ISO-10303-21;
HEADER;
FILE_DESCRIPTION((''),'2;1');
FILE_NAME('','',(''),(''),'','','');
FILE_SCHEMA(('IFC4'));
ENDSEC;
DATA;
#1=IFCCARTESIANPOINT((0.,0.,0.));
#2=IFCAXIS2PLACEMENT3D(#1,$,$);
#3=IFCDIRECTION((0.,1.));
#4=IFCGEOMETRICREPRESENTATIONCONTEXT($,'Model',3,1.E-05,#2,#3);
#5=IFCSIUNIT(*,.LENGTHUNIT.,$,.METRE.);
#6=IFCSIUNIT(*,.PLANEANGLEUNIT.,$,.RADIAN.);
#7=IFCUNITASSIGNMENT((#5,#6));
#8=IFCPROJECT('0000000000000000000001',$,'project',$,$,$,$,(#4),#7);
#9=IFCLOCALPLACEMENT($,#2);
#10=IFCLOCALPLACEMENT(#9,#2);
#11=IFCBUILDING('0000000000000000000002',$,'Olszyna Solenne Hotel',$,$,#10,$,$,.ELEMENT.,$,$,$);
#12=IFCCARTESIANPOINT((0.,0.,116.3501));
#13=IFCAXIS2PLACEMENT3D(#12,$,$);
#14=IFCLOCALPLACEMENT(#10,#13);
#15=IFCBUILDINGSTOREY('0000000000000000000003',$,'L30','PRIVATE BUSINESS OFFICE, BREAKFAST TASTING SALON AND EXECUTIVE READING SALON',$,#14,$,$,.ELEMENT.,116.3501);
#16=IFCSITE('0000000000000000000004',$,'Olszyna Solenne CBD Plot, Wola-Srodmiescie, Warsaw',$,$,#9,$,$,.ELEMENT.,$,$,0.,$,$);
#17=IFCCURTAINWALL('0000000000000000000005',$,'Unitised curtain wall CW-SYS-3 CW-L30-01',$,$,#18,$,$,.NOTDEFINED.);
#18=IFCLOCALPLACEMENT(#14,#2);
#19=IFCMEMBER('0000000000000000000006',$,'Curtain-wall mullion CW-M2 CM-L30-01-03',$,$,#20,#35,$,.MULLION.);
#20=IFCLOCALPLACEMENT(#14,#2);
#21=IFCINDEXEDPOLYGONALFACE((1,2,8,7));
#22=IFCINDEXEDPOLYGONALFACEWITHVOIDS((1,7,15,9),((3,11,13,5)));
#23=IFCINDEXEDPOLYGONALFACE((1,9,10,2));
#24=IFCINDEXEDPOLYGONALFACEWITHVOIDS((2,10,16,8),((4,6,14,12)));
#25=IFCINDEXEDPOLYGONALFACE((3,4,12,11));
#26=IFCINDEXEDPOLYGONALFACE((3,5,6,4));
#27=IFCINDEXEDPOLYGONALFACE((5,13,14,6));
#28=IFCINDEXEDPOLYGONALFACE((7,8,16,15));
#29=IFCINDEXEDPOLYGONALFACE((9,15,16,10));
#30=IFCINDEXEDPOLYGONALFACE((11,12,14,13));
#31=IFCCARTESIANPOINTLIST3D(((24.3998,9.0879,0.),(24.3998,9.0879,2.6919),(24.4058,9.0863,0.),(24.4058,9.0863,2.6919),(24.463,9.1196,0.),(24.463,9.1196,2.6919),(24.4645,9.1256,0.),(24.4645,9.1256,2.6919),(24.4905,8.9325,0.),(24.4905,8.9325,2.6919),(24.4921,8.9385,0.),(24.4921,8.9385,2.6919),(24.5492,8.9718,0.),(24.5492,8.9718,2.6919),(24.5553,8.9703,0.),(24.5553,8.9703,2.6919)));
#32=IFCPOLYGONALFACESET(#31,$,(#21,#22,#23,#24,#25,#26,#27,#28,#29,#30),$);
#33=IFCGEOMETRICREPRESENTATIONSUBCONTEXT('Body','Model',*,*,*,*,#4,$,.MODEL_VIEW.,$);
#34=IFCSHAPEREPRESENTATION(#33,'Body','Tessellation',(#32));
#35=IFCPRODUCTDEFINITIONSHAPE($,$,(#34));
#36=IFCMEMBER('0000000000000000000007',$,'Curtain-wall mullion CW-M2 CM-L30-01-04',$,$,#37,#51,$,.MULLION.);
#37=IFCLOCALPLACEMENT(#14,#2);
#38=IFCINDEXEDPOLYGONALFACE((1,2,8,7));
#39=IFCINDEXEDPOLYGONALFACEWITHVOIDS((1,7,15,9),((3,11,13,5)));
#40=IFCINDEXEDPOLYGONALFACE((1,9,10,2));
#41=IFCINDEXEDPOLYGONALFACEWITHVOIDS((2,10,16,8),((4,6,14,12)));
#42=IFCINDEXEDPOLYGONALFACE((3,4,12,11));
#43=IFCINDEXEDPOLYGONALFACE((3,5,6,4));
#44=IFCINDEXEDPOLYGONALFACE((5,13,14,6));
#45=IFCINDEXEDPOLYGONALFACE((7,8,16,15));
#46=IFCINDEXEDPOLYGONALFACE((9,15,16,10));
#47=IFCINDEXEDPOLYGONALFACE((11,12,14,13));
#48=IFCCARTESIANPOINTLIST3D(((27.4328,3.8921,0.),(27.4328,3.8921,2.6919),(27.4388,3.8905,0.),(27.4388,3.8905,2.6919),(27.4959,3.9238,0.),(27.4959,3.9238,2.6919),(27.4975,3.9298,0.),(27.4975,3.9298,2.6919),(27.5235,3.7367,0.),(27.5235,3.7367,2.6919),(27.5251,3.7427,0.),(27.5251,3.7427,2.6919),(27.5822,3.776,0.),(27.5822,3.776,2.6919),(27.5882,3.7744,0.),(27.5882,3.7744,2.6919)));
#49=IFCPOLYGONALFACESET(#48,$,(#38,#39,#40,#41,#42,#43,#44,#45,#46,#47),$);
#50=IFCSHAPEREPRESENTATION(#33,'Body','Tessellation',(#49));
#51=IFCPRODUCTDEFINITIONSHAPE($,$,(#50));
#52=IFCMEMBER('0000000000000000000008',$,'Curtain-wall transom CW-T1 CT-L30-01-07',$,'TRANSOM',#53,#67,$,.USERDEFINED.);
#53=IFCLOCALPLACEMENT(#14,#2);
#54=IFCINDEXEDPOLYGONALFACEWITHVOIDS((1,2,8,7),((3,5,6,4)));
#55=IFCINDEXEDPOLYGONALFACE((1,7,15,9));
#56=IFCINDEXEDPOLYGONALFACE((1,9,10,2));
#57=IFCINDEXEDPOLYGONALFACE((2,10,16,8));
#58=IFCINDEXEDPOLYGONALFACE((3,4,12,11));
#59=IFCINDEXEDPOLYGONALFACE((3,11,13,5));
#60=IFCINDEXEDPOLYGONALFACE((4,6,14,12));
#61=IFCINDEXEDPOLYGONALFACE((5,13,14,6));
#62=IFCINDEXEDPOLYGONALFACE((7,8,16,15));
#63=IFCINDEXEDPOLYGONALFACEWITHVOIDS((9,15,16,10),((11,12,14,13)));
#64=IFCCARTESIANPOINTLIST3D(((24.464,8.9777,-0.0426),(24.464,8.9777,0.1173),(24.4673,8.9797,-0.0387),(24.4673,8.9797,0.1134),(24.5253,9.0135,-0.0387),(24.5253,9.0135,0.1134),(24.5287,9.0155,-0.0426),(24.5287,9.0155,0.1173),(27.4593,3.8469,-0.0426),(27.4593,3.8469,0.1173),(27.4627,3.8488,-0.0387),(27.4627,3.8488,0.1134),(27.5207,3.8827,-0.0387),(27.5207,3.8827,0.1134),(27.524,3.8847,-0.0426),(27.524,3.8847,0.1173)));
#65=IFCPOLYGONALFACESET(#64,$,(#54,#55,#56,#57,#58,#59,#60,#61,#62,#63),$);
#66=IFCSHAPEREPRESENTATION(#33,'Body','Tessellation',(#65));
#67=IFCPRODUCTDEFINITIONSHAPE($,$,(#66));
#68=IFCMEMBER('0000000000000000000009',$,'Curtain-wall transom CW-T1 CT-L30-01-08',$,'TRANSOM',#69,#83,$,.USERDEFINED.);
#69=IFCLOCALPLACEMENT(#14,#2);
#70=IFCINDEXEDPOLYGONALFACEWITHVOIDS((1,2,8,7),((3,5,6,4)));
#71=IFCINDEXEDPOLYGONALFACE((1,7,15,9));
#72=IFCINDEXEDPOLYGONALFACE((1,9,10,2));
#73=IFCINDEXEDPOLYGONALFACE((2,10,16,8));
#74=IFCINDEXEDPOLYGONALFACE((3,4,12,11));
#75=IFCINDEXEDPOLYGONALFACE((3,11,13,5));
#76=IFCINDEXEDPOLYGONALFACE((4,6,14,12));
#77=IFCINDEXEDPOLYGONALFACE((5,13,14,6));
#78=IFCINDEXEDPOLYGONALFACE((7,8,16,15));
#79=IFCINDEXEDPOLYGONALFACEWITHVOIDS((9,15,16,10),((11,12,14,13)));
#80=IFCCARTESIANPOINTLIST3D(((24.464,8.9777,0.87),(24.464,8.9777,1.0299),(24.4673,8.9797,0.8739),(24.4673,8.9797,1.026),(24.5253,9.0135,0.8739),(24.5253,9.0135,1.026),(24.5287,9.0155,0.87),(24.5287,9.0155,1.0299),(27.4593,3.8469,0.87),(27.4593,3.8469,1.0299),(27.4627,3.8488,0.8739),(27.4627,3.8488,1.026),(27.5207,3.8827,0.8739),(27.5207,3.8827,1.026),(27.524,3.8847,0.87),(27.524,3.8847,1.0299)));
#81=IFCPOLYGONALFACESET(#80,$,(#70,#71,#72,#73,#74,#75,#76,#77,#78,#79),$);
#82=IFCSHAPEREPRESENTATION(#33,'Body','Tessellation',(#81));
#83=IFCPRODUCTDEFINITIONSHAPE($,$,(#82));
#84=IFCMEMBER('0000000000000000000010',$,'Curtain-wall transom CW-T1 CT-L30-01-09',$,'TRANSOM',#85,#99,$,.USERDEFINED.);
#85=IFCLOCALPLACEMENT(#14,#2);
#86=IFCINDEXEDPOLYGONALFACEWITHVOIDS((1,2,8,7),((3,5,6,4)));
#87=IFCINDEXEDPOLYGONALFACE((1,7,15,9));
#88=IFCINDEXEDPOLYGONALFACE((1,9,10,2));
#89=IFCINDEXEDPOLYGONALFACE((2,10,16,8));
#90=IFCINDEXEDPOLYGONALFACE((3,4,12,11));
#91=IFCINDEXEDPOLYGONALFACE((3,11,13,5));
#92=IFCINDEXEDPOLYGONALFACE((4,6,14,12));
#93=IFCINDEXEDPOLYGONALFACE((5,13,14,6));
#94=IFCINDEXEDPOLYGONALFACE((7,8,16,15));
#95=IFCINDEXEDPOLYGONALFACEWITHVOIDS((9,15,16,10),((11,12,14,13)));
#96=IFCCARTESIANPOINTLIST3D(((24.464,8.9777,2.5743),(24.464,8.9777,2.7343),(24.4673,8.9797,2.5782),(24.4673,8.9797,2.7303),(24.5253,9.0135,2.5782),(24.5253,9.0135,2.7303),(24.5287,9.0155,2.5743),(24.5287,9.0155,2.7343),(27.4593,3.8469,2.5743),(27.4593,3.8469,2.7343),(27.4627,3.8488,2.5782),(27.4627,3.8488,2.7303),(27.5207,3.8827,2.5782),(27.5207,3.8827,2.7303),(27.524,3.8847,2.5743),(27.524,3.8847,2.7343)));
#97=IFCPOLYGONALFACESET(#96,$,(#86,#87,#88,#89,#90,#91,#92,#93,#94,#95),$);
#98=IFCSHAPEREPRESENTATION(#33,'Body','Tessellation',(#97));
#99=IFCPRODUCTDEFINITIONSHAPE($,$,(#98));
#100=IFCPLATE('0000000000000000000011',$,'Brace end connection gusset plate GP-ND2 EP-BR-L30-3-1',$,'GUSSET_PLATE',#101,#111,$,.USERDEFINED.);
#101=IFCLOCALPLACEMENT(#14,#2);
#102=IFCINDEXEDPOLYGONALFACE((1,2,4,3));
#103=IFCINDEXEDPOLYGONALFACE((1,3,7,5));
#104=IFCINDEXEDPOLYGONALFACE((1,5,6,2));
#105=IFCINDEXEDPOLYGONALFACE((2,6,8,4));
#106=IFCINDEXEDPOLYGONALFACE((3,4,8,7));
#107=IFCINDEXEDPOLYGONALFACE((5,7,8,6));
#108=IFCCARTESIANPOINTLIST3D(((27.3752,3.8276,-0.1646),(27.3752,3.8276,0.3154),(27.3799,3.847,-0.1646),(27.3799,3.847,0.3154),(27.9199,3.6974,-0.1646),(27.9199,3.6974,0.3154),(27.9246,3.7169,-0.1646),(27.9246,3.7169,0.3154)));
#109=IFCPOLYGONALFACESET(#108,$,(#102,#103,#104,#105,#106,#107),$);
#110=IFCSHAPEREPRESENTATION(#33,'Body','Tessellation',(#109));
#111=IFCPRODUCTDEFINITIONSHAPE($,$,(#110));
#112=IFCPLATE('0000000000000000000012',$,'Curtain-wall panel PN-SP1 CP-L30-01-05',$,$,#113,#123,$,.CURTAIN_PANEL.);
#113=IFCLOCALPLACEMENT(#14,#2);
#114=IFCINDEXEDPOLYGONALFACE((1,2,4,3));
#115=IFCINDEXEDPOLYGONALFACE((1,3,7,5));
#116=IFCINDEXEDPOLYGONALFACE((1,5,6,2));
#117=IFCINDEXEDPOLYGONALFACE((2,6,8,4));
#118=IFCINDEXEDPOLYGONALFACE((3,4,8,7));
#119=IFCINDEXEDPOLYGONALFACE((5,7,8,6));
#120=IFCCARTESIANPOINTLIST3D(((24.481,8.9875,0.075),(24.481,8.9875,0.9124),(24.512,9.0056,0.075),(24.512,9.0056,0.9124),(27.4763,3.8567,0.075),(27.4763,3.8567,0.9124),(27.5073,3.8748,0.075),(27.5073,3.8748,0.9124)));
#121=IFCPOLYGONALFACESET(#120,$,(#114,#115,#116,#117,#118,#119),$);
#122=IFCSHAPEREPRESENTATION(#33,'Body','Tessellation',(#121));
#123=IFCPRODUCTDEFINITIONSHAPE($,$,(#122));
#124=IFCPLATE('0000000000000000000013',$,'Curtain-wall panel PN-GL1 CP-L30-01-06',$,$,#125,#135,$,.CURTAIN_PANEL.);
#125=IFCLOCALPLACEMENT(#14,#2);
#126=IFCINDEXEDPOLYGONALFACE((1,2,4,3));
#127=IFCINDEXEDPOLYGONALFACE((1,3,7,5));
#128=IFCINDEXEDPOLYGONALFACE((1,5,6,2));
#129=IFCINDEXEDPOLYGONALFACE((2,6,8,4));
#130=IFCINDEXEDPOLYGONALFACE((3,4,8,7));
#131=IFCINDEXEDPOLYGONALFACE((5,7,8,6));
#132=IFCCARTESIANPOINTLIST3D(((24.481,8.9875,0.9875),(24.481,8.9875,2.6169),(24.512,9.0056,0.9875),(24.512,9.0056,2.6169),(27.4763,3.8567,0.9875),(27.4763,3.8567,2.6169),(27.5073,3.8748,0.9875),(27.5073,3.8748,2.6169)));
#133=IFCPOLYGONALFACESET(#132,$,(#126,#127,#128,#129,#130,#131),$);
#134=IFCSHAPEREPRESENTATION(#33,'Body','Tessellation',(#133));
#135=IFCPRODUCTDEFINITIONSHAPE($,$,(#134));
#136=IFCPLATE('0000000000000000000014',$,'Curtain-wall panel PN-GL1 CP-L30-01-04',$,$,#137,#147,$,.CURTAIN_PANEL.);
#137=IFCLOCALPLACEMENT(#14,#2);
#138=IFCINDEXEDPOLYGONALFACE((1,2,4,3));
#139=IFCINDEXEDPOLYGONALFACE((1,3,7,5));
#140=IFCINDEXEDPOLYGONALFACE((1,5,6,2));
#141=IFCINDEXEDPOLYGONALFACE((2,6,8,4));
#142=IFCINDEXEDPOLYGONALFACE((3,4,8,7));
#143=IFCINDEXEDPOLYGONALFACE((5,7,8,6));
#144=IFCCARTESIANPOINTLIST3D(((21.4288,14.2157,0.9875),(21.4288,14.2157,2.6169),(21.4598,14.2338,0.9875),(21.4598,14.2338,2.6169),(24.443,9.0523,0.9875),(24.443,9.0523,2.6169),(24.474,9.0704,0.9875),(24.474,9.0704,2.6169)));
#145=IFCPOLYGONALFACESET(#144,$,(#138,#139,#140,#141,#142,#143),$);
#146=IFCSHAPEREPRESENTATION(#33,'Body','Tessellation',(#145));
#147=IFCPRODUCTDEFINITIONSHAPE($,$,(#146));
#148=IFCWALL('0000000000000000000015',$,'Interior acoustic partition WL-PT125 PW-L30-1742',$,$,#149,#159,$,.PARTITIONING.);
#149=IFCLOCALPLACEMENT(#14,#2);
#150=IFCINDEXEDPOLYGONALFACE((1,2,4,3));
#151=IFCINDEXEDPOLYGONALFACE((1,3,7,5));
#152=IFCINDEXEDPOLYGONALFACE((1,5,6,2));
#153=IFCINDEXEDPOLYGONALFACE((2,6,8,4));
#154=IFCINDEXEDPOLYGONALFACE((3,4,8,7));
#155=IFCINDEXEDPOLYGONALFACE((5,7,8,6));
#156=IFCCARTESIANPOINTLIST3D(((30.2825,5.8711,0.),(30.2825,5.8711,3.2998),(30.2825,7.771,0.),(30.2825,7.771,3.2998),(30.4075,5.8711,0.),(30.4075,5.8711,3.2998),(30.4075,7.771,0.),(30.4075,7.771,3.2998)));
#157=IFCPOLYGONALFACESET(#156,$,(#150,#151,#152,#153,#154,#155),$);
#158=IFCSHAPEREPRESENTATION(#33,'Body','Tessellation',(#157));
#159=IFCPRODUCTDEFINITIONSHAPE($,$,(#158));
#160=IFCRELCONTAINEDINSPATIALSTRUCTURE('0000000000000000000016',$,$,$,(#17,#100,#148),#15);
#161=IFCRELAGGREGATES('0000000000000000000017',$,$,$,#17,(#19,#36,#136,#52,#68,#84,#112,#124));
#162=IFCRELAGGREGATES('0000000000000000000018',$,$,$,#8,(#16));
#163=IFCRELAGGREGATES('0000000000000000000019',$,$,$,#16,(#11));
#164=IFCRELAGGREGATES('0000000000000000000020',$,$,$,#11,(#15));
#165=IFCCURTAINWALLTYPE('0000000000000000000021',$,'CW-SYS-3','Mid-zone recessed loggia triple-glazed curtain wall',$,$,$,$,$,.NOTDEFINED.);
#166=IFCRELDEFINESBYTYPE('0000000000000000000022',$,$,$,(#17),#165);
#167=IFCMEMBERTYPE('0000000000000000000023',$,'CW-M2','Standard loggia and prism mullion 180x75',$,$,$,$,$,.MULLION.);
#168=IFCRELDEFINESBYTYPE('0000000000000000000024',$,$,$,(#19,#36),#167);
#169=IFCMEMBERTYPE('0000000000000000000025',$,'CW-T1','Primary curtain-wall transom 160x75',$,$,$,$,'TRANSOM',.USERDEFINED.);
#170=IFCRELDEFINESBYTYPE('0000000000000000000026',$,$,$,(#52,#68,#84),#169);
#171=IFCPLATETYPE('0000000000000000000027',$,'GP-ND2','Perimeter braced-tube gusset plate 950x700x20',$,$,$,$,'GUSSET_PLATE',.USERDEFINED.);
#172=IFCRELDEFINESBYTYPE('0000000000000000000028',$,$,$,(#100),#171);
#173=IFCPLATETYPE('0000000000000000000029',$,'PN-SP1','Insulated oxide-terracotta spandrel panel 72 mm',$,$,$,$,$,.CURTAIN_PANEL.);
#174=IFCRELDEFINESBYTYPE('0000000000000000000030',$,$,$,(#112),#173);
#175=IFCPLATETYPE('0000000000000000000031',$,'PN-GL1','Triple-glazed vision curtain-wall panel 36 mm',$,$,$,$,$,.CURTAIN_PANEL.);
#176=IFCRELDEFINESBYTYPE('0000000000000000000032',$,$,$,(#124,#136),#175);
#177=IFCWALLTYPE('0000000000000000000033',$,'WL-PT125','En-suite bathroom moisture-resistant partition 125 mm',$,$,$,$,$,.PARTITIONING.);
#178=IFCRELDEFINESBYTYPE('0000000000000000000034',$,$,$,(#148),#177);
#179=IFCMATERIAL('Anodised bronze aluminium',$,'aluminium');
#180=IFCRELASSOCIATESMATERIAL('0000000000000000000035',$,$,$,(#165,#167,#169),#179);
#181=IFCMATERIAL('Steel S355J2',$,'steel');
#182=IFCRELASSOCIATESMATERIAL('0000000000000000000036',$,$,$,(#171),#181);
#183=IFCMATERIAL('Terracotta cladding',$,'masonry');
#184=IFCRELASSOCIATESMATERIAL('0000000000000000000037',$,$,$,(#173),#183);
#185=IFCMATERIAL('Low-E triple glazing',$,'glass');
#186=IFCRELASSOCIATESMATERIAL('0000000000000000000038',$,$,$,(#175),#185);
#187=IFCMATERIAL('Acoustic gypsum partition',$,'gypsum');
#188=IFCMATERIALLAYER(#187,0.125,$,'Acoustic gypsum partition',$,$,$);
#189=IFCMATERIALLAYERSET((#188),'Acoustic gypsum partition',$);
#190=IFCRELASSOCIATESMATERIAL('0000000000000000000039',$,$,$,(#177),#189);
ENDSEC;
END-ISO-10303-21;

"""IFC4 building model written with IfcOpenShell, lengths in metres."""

from ifc_helpers import new_model, si_unit, direction, frame, frame_2d, origin, origin_2d, place, context, subcontext, project, spatial, rectangle, hollow_rectangle, extrude, source, transform, mapped, material, layer, layer_set, material_profile, profile_set, type_object, element, aggregate, save


model = new_model("IFC4")

# Units and contexts
model_context = context("Model", 3, precision=1e-05, world=origin(), true_north=direction((0.0, 1.0)))
body_context = subcontext(model_context, "Body", "Model", "MODEL_VIEW")
ifc_project = project(units=[si_unit("LENGTHUNIT", "METRE"), si_unit("PLANEANGLEUNIT", "RADIAN")], contexts=[model_context])

# Site, building, storey
site_placement = place(None, origin())
site = spatial("IfcSite", under=ifc_project, at=site_placement, Name="Olszyna Solenne CBD Plot, Wola-Srodmiescie, Warsaw", CompositionType="ELEMENT", RefElevation=0.0)
building_placement = place(site_placement, origin())
building = spatial("IfcBuilding", under=site, at=building_placement, Name="Olszyna Solenne Hotel", CompositionType="ELEMENT")
storey_placement = place(building_placement, frame((0.0, 0.0, 116.3501)))
storey = spatial("IfcBuildingStorey", under=building, at=storey_placement, Name="L30", Description="PRIVATE BUSINESS OFFICE, BREAKFAST TASTING SALON AND EXECUTIVE READING SALON", CompositionType="ELEMENT", Elevation=116.3501)

# Shared definitions
ifc_material_1 = material(Name="Steel S355J2", Category="steel")

# Curtain wall, members
ifc_material_2 = material(Name="Anodised bronze aluminium", Category="aluminium")
curtain_wall_type = type_object("IfcCurtainWallType", Name="CW-SYS-3", Description="Mid-zone recessed loggia triple-glazed curtain wall", PredefinedType="NOTDEFINED", material=ifc_material_2)
curtain_wall_placement = place(storey_placement, origin())
curtain_wall = element("IfcCurtainWall", 1, at=curtain_wall_placement, inside=storey, type_object=curtain_wall_type, Name="Unitised curtain wall CW-SYS-3 CW-L30-01", PredefinedType="NOTDEFINED")
ifc_material_profile_1 = material_profile(ifc_material_2, hollow_rectangle(XDim=0.075, YDim=0.1799, WallThickness=0.0044, at=origin_2d()), Name="MULL 180x75x4.5", Category="load-bearing")
ifc_profile_set_1 = profile_set([ifc_material_profile_1], Name="Anodised bronze aluminium")
member_type_1 = type_object("IfcMemberType", Name="CW-M2", Description="Standard loggia and prism mullion 180x75", PredefinedType="MULLION", material=ifc_profile_set_1)
shared_shape_1 = source(origin(), body_context, "Body", "SweptSolid", [
    extrude(hollow_rectangle(XDim=0.075, YDim=0.1799, WallThickness=0.0044, at=origin_2d()), origin(), (0.0, 0.0, 1.0), 2.6919),
])
member_1_placement = place(storey_placement, frame((24.4775, 9.0291, 0.0), z_axis=(0.0, 0.0, 1.0), x_axis=(0.863615, 0.504151, 0.0)))
member_1 = element("IfcMember", 2, at=member_1_placement, type_object=member_type_1, Name="Curtain-wall mullion CW-M2 CM-L30-01-03", PredefinedType="MULLION", context=body_context, shape_type="MappedRepresentation", body=[
    mapped(shared_shape_1, transform((0.0, 0.0, 0.0), x_axis=(1.0, 0.0, 0.0), y_axis=(0.0, 1.0, 0.0), z_axis=(0.0, 0.0, 1.0), scale=1.0)),
])
member_2_placement = place(storey_placement, frame((27.5105, 3.8333, 0.0), z_axis=(0.0, 0.0, 1.0), x_axis=(0.863615, 0.504151, 0.0)))
member_2 = element("IfcMember", 3, at=member_2_placement, type_object=member_type_1, Name="Curtain-wall mullion CW-M2 CM-L30-01-04", PredefinedType="MULLION", context=body_context, shape_type="MappedRepresentation", body=[
    mapped(shared_shape_1, transform((0.0, 0.0, 0.0), x_axis=(1.0, 0.0, 0.0), y_axis=(0.0, 1.0, 0.0), z_axis=(0.0, 0.0, 1.0), scale=1.0)),
])
ifc_material_profile_2 = material_profile(ifc_material_2, hollow_rectangle(XDim=0.075, YDim=0.1599, WallThickness=0.0039, at=origin_2d()), Name="TRAN 160x75x4", Category="load-bearing")
ifc_profile_set_2 = profile_set([ifc_material_profile_2], Name="Anodised bronze aluminium")
member_type_2 = type_object("IfcMemberType", Name="CW-T1", Description="Primary curtain-wall transom 160x75", ElementType="TRANSOM", PredefinedType="USERDEFINED", material=ifc_profile_set_2)
shared_shape_2 = source(origin(), body_context, "Body", "SweptSolid", [
    extrude(hollow_rectangle(XDim=0.075, YDim=0.1599, WallThickness=0.0039, at=origin_2d()), origin(), (0.0, 0.0, 1.0), 5.9412),
])
member_3_placement = place(storey_placement, frame((24.4963, 8.9966, 0.0374), z_axis=(0.504167, -0.863606, 0.0), x_axis=(0.863606, 0.504167, 0.0)))
member_3 = element("IfcMember", 4, at=member_3_placement, type_object=member_type_2, Name="Curtain-wall transom CW-T1 CT-L30-01-07", ObjectType="TRANSOM", PredefinedType="USERDEFINED", context=body_context, shape_type="MappedRepresentation", body=[
    mapped(shared_shape_2, transform((0.0, 0.0, 0.0), x_axis=(1.0, 0.0, 0.0), y_axis=(0.0, 1.0, 0.0), z_axis=(0.0, 0.0, 1.0), scale=1.0)),
])
member_4_placement = place(storey_placement, frame((24.4963, 8.9966, 0.95), z_axis=(0.504167, -0.863606, 0.0), x_axis=(0.863606, 0.504167, 0.0)))
member_4 = element("IfcMember", 5, at=member_4_placement, type_object=member_type_2, Name="Curtain-wall transom CW-T1 CT-L30-01-08", ObjectType="TRANSOM", PredefinedType="USERDEFINED", context=body_context, shape_type="MappedRepresentation", body=[
    mapped(shared_shape_2, transform((0.0, 0.0, 0.0), x_axis=(1.0, 0.0, 0.0), y_axis=(0.0, 1.0, 0.0), z_axis=(0.0, 0.0, 1.0), scale=1.0)),
])
member_5_placement = place(storey_placement, frame((24.4963, 8.9966, 2.6543), z_axis=(0.504167, -0.863606, 0.0), x_axis=(0.863606, 0.504167, 0.0)))
member_5 = element("IfcMember", 6, at=member_5_placement, type_object=member_type_2, Name="Curtain-wall transom CW-T1 CT-L30-01-09", ObjectType="TRANSOM", PredefinedType="USERDEFINED", context=body_context, shape_type="MappedRepresentation", body=[
    mapped(shared_shape_2, transform((0.0, 0.0, 0.0), x_axis=(1.0, 0.0, 0.0), y_axis=(0.0, 1.0, 0.0), z_axis=(0.0, 0.0, 1.0), scale=1.0)),
])

# Plates
plate_type_1 = type_object("IfcPlateType", Name="GP-ND2", Description="Perimeter braced-tube gusset plate 950x700x20", ElementType="GUSSET_PLATE", PredefinedType="USERDEFINED", material=ifc_material_1)
shared_shape_3 = source(origin(), body_context, "Body", "SweptSolid", [
    extrude(rectangle(XDim=0.5601, YDim=0.02, at=origin_2d()), origin(), (0.0, 0.0, 1.0), 0.48),
])
plate_1_placement = place(storey_placement, frame((27.6499, 3.7722, -0.1646), z_axis=(0.0, 0.0, 1.0), x_axis=(0.972614, -0.232427, 0.0)))
element("IfcPlate", 7, at=plate_1_placement, inside=storey, type_object=plate_type_1, Name="Brace end connection gusset plate GP-ND2 EP-BR-L30-3-1", ObjectType="GUSSET_PLATE", PredefinedType="USERDEFINED", context=body_context, shape_type="MappedRepresentation", body=[
    mapped(shared_shape_3, transform((0.0, 0.0, 0.0), x_axis=(1.0, 0.0, 0.0), y_axis=(0.0, 1.0, 0.0), z_axis=(0.0, 0.0, 1.0), scale=1.0)),
])
ifc_material_3 = material(Name="Terracotta cladding", Category="masonry")
plate_type_2 = type_object("IfcPlateType", Name="PN-SP1", Description="Insulated oxide-terracotta spandrel panel 72 mm", PredefinedType="CURTAIN_PANEL", material=ifc_material_3)
shared_shape_4 = source(origin(), body_context, "Body", "SweptSolid", [
    extrude(rectangle(XDim=5.9412, YDim=0.0359, at=origin_2d()), origin(), (0.0, 0.0, 1.0), 0.8374),
])
plate_2_placement = place(storey_placement, frame((25.9941, 6.4312, 0.075), z_axis=(0.0, 0.0, 1.0), x_axis=(0.504151, -0.863615, 0.0)))
plate_2 = element("IfcPlate", 8, at=plate_2_placement, type_object=plate_type_2, Name="Curtain-wall panel PN-SP1 CP-L30-01-05", PredefinedType="CURTAIN_PANEL", context=body_context, shape_type="MappedRepresentation", body=[
    mapped(shared_shape_4, transform((0.0, 0.0, 0.0), x_axis=(1.0, 0.0, 0.0), y_axis=(0.0, 1.0, 0.0), z_axis=(0.0, 0.0, 1.0), scale=1.0)),
])
ifc_material_4 = material(Name="Low-E triple glazing", Category="glass")
plate_type_3 = type_object("IfcPlateType", Name="PN-GL1", Description="Triple-glazed vision curtain-wall panel 36 mm", PredefinedType="CURTAIN_PANEL", material=ifc_material_4)
shared_shape_5 = source(origin(), body_context, "Body", "SweptSolid", [
    extrude(rectangle(XDim=5.9412, YDim=0.0359, at=origin_2d()), origin(), (0.0, 0.0, 1.0), 1.6294),
])
plate_3_placement = place(storey_placement, frame((25.9941, 6.4312, 0.9875), z_axis=(0.0, 0.0, 1.0), x_axis=(0.504151, -0.863615, 0.0)))
plate_3 = element("IfcPlate", 9, at=plate_3_placement, type_object=plate_type_3, Name="Curtain-wall panel PN-GL1 CP-L30-01-06", PredefinedType="CURTAIN_PANEL", context=body_context, shape_type="MappedRepresentation", body=[
    mapped(shared_shape_5, transform((0.0, 0.0, 0.0), x_axis=(1.0, 0.0, 0.0), y_axis=(0.0, 1.0, 0.0), z_axis=(0.0, 0.0, 1.0), scale=1.0)),
])
shared_shape_6 = source(origin(), body_context, "Body", "SweptSolid", [
    extrude(rectangle(XDim=5.9788, YDim=0.0359, at=origin_2d()), origin(), (0.0, 0.0, 1.0), 1.6294),
])
plate_4_placement = place(storey_placement, frame((22.9514, 11.6431, 0.9875), z_axis=(0.0, 0.0, 1.0), x_axis=(0.504151, -0.863615, 0.0)))
plate_4 = element("IfcPlate", 10, at=plate_4_placement, type_object=plate_type_3, Name="Curtain-wall panel PN-GL1 CP-L30-01-04", PredefinedType="CURTAIN_PANEL", context=body_context, shape_type="MappedRepresentation", body=[
    mapped(shared_shape_6, transform((0.0, 0.0, 0.0), x_axis=(1.0, 0.0, 0.0), y_axis=(0.0, 1.0, 0.0), z_axis=(0.0, 0.0, 1.0), scale=1.0)),
])
aggregate(curtain_wall, [member_1, member_2, plate_4, member_3, member_4, member_5, plate_2, plate_3])

# Wall
ifc_material_5 = material(Name="Acoustic gypsum partition", Category="gypsum")
ifc_layer_1 = layer(ifc_material_5, 0.125, Name="Acoustic gypsum partition")
ifc_layer_set_1 = layer_set([ifc_layer_1], Name="Acoustic gypsum partition")
wall_type_1 = type_object("IfcWallType", Name="WL-PT125", Description="En-suite bathroom moisture-resistant partition 125 mm", PredefinedType="PARTITIONING", material=ifc_layer_set_1)
wall_1_placement = place(storey_placement, frame((30.345, 5.8711, 0.0), z_axis=(0.0, 0.0, 1.0), x_axis=(0.0, 1.0, 0.0)))
element("IfcWall", 11, at=wall_1_placement, inside=storey, type_object=wall_type_1, Name="Interior acoustic partition WL-PT125 PW-L30-1742", PredefinedType="PARTITIONING", context=body_context, shape_type="SweptSolid", body=[
    extrude(rectangle(XDim=1.8999, YDim=0.125, at=frame_2d((0.95, 0.0))), origin(), (0.0, 0.0, 1.0), 3.2998),
])

save(model, "model.ifc")
